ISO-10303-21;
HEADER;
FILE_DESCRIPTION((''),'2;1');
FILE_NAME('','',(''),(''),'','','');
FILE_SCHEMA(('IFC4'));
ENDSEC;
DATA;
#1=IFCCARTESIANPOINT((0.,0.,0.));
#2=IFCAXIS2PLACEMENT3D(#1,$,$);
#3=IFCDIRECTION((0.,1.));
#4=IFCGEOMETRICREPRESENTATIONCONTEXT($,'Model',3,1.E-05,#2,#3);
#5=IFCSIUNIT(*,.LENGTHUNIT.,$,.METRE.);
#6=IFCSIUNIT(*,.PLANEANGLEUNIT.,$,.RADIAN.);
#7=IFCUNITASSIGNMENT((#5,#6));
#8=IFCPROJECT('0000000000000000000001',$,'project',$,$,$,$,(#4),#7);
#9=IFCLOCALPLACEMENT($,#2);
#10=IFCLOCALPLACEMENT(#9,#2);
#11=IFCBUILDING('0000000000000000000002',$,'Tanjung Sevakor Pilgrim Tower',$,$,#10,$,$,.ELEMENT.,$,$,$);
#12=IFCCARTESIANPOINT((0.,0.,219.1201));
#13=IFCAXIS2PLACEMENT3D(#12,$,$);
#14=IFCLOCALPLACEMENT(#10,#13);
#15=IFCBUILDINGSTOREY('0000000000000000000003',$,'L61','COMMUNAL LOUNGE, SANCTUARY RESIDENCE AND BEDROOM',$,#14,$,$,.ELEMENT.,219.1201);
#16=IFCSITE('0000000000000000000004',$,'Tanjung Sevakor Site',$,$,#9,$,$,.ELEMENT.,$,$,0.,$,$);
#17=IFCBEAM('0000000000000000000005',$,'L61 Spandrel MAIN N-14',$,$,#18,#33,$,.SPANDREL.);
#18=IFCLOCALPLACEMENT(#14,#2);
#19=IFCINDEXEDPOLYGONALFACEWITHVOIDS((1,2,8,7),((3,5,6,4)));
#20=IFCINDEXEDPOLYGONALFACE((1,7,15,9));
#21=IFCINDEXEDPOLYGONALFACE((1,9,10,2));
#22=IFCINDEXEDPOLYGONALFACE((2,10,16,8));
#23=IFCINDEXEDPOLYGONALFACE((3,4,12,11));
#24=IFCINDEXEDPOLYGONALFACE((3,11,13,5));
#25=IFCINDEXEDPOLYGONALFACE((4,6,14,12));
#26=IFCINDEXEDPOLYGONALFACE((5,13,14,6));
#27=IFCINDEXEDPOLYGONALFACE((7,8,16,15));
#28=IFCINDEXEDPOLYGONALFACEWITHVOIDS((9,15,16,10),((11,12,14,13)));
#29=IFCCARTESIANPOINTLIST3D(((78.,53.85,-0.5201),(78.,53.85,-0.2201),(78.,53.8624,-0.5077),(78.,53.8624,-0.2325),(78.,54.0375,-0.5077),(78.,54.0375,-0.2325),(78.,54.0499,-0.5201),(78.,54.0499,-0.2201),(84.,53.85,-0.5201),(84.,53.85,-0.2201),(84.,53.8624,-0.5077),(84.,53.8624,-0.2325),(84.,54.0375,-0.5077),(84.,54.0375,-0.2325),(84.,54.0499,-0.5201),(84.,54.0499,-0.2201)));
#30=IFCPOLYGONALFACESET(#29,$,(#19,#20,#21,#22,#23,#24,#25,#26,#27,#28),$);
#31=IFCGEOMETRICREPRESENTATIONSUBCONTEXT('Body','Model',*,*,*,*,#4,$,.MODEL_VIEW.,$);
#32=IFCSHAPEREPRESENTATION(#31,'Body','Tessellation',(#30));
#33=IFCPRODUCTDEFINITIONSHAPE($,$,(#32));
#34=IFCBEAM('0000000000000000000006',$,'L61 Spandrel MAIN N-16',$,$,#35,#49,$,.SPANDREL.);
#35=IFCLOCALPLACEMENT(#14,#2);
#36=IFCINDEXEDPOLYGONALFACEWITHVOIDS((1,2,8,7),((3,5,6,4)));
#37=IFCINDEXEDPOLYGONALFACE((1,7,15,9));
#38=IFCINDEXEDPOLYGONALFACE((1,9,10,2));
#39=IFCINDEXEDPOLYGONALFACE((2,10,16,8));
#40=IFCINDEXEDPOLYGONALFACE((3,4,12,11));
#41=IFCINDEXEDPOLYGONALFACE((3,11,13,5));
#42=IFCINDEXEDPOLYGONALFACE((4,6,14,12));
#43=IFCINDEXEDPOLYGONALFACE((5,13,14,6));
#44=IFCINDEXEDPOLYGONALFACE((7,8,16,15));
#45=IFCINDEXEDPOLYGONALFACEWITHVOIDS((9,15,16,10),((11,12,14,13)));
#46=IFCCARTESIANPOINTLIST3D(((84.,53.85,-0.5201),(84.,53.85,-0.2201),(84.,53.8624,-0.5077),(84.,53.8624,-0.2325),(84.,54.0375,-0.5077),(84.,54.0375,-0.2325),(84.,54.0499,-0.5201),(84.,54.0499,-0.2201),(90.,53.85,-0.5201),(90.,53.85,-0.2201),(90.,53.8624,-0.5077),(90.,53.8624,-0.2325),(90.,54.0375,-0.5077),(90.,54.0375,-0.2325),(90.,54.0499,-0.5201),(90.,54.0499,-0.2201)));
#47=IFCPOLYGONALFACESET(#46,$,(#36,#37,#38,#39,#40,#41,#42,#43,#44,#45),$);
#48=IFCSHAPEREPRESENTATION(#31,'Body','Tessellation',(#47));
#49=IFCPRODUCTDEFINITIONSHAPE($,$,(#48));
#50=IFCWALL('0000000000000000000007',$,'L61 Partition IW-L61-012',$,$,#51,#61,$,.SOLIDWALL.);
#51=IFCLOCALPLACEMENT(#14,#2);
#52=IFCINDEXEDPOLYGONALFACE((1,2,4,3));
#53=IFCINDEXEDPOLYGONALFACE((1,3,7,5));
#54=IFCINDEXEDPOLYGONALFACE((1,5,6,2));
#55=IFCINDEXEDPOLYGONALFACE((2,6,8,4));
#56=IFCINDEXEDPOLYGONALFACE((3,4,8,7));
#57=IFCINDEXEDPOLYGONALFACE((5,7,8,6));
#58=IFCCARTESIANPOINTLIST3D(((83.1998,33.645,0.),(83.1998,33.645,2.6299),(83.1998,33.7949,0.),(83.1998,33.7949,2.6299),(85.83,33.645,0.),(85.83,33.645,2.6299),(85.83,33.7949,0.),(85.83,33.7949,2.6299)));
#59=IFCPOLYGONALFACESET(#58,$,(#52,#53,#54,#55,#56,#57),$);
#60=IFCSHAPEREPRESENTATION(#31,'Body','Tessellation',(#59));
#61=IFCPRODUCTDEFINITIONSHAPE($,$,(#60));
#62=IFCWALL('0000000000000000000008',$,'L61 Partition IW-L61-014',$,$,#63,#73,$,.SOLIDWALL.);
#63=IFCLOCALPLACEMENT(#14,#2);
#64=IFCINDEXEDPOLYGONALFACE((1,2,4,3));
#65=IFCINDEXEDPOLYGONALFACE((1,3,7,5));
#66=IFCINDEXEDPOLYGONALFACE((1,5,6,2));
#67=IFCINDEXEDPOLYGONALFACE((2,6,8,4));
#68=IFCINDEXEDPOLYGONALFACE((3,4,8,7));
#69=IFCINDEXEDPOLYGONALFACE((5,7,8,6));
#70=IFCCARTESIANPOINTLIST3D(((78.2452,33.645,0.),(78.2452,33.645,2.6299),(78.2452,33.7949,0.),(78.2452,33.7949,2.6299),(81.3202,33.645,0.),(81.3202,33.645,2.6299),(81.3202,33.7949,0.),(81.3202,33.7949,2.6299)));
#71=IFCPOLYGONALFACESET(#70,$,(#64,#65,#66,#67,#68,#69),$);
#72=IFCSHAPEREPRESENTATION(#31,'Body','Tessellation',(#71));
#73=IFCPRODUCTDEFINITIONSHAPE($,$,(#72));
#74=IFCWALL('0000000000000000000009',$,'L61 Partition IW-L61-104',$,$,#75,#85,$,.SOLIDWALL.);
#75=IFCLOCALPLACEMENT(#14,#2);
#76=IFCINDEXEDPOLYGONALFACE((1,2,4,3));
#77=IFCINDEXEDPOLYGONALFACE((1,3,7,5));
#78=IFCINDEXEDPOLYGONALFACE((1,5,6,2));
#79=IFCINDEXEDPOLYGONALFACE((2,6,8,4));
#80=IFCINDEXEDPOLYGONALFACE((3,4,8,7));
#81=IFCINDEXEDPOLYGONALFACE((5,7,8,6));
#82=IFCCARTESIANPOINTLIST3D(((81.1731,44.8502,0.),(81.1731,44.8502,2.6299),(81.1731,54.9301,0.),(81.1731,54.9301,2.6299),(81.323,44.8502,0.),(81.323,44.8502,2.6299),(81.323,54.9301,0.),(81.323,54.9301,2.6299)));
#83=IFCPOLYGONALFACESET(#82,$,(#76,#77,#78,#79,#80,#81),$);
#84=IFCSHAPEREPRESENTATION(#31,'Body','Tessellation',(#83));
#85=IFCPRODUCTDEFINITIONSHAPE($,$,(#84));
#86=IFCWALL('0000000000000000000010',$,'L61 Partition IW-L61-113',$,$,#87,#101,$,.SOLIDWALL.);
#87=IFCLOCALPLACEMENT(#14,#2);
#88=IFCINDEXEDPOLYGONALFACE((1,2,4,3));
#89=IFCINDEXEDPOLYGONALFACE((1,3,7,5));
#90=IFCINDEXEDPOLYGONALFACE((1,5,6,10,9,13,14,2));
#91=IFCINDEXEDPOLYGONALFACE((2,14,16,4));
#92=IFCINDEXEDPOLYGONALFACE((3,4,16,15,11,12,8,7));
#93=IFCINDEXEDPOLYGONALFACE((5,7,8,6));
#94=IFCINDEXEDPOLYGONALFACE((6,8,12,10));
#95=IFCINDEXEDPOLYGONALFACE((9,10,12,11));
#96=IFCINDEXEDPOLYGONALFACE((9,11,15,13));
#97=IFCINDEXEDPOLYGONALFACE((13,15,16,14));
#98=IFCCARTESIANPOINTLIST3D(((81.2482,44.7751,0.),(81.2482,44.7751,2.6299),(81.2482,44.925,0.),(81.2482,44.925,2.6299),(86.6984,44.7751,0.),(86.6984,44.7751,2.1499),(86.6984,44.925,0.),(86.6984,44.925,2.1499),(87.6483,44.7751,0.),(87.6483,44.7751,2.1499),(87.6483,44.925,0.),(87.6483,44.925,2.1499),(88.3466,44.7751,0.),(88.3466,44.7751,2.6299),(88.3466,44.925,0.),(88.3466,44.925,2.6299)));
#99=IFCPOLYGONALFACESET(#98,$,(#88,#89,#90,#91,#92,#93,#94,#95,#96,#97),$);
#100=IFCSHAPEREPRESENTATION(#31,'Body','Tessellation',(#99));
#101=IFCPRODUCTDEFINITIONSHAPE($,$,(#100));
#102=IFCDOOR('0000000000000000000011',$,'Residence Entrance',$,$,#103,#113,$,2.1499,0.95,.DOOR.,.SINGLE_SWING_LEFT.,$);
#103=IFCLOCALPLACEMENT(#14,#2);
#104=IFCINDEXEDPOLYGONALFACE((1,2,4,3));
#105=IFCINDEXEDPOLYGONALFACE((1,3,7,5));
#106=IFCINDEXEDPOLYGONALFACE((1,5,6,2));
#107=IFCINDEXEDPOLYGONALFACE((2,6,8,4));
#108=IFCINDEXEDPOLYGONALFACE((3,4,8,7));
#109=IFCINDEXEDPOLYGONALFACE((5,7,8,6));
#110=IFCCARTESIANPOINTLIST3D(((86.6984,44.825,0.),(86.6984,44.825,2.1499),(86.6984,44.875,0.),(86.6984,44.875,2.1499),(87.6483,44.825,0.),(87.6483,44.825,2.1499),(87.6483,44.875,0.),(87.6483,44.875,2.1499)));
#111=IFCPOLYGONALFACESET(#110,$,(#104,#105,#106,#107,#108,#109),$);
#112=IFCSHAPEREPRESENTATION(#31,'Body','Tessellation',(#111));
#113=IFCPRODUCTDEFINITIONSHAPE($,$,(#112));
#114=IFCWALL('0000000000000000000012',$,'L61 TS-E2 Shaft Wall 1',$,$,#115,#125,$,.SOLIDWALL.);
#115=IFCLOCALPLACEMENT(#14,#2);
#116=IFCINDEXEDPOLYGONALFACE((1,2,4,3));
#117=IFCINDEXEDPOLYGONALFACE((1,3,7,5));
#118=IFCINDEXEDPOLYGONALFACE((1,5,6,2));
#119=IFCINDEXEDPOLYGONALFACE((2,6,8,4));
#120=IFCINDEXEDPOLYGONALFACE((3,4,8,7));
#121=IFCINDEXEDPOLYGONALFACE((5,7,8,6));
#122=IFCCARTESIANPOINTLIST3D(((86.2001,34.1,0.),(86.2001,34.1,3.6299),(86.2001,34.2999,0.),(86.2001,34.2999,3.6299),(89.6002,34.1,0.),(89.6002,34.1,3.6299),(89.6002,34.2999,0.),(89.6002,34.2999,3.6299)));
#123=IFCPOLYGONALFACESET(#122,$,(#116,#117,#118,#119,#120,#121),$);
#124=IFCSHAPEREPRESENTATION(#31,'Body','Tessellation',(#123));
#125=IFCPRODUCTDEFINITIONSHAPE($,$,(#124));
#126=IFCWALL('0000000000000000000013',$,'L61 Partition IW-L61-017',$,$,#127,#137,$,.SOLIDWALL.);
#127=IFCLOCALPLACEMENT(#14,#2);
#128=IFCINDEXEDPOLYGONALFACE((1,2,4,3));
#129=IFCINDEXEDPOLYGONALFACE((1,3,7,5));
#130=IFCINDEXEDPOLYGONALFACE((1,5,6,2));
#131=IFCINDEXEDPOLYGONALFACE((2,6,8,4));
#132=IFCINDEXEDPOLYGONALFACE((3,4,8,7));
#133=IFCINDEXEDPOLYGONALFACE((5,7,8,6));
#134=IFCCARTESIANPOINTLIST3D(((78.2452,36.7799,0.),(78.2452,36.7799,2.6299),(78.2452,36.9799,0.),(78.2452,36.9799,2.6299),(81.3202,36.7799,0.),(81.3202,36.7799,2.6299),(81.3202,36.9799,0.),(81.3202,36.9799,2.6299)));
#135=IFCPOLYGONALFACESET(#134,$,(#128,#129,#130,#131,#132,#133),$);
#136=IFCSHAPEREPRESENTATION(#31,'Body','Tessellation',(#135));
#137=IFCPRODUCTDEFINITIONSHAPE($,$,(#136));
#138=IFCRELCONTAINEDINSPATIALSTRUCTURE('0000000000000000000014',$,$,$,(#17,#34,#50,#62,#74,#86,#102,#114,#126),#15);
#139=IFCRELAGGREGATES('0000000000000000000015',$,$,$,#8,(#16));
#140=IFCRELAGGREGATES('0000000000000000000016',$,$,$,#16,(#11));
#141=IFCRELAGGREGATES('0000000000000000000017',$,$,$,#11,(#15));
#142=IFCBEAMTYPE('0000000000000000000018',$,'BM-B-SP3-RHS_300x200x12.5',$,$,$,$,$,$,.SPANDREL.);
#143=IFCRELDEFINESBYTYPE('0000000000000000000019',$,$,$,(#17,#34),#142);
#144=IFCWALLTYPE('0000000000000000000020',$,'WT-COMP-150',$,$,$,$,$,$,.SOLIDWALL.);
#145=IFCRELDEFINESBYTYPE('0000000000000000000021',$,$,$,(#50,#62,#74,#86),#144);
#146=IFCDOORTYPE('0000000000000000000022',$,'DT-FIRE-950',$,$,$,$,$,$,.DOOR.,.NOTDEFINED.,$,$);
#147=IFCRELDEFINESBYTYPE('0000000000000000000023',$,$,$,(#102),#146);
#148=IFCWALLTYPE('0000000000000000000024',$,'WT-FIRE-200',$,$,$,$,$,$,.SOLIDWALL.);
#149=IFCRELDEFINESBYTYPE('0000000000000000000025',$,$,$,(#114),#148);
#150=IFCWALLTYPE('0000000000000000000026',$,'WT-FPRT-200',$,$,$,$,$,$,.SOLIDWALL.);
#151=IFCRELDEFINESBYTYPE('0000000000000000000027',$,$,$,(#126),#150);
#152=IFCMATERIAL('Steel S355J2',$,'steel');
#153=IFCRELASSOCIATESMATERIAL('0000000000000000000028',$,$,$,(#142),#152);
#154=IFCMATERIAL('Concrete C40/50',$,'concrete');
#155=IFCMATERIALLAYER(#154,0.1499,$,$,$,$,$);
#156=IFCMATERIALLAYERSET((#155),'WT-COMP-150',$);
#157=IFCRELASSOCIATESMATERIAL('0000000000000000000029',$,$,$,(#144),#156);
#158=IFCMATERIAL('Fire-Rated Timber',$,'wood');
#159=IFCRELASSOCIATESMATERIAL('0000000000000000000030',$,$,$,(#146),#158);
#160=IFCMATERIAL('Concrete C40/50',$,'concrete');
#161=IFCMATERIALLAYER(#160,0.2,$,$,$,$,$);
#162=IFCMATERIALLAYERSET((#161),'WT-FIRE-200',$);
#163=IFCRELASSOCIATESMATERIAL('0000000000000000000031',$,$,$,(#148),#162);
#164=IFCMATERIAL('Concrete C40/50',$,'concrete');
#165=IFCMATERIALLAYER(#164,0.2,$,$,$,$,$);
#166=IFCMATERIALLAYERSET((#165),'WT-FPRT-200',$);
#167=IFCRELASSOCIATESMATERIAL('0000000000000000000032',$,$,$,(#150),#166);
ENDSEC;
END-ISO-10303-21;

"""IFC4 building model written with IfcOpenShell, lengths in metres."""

from ifc_helpers import new_model, si_unit, direction, frame, frame_2d, origin, origin_2d, place, context, subcontext, project, spatial, rectangle, hollow_rectangle, extrude, material, layer, layer_set, material_profile, profile_set, type_object, element, fill, save


model = new_model("IFC4")

# Units and contexts
model_context = context("Model", 3, precision=1e-05, world=origin(), true_north=direction((0.0, 1.0)))
body_context = subcontext(model_context, "Body", "Model", "MODEL_VIEW")
ifc_project = project(units=[si_unit("LENGTHUNIT", "METRE"), si_unit("PLANEANGLEUNIT", "RADIAN")], contexts=[model_context])

# Site, building, storey
site_placement = place(None, origin())
site = spatial("IfcSite", under=ifc_project, at=site_placement, Name="Tanjung Sevakor Site", CompositionType="ELEMENT", RefElevation=0.0)
building_placement = place(site_placement, origin())
building = spatial("IfcBuilding", under=site, at=building_placement, Name="Tanjung Sevakor Pilgrim Tower", CompositionType="ELEMENT")
storey_placement = place(building_placement, frame((0.0, 0.0, 219.1201)))
storey = spatial("IfcBuildingStorey", under=building, at=storey_placement, Name="L61", Description="COMMUNAL LOUNGE, SANCTUARY RESIDENCE AND BEDROOM", CompositionType="ELEMENT", Elevation=219.1201)

# Beams
ifc_material_1 = material(Name="Steel S355J2", Category="steel")
ifc_material_profile_1 = material_profile(ifc_material_1, hollow_rectangle(XDim=0.2, YDim=0.3, WallThickness=0.0125, at=origin_2d()))
ifc_profile_set_1 = profile_set([ifc_material_profile_1], Name="Steel S355J2")
beam_type_1 = type_object("IfcBeamType", Name="BM-B-SP3-RHS_300x200x12.5", PredefinedType="SPANDREL", material=ifc_profile_set_1)
for number, where, z_axis, x_axis, name in (
    (1, (78.0, 53.95, -0.3701), (1.0, 0.0, 0.0), (0.0, 1.0, 0.0), "L61 Spandrel MAIN N-14"),
    (2, (84.0, 53.95, -0.3701), (1.0, 0.0, 0.0), (0.0, 1.0, 0.0), "L61 Spandrel MAIN N-16"),
):
    element("IfcBeam", number, at=place(storey_placement, frame(where, z_axis=z_axis, x_axis=x_axis)), inside=storey, type_object=beam_type_1, Name=name, PredefinedType="SPANDREL", context=body_context, shape_type="SweptSolid", body=[
        extrude(hollow_rectangle(XDim=0.2, YDim=0.3, WallThickness=0.0125, at=origin_2d()), origin(), (0.0, 0.0, 1.0), 6.0),
    ])

# Walls
ifc_material_2 = material(Name="Concrete C40/50", Category="concrete")
ifc_layer_1 = layer(ifc_material_2, 0.1499)
ifc_layer_set_1 = layer_set([ifc_layer_1], Name="WT-COMP-150")
wall_type_1 = type_object("IfcWallType", Name="WT-COMP-150", PredefinedType="SOLIDWALL", material=ifc_layer_set_1)
wall_1_placement = place(storey_placement, frame((83.2, 33.72, 0.0), z_axis=(0.0, 0.0, 1.0), x_axis=(1.0, 0.0, 0.0)))
element("IfcWall", 3, at=wall_1_placement, inside=storey, type_object=wall_type_1, Name="L61 Partition IW-L61-012", PredefinedType="SOLIDWALL", context=body_context, shape_type="SweptSolid", body=[
    extrude(rectangle(XDim=2.6301, YDim=0.1499, at=frame_2d((1.3149, 0.0))), origin(), (0.0, 0.0, 1.0), 2.6299),
])
wall_2_placement = place(storey_placement, frame((78.2451, 33.72, 0.0), z_axis=(0.0, 0.0, 1.0), x_axis=(1.0, 0.0, 0.0)))
element("IfcWall", 4, at=wall_2_placement, inside=storey, type_object=wall_type_1, Name="L61 Partition IW-L61-014", PredefinedType="SOLIDWALL", context=body_context, shape_type="SweptSolid", body=[
    extrude(rectangle(XDim=3.075, YDim=0.1499, at=frame_2d((1.5376, 0.0))), origin(), (0.0, 0.0, 1.0), 2.6299),
])

# Shared definitions
ifc_material_3 = material(Name="Fire-Rated Timber", Category="wood")
door_type_1 = type_object("IfcDoorType", Name="DT-FIRE-950", OperationType="NOTDEFINED", PredefinedType="DOOR", material=ifc_material_3)

# Wall
wall_3_placement = place(storey_placement, frame((81.248, 44.8501, 0.0), z_axis=(0.0, 0.0, 1.0), x_axis=(0.0, 1.0, 0.0)))
element("IfcWall", 5, at=wall_3_placement, inside=storey, type_object=wall_type_1, Name="L61 Partition IW-L61-104", PredefinedType="SOLIDWALL", context=body_context, shape_type="SweptSolid", body=[
    extrude(rectangle(XDim=10.0798, YDim=0.1499, at=frame_2d((5.04, 0.0))), origin(), (0.0, 0.0, 1.0), 2.6299),
])

# Wall, opening, door
wall_4_placement = place(storey_placement, frame((81.248, 44.8501, 0.0), z_axis=(0.0, 0.0, 1.0), x_axis=(1.0, 0.0, 0.0)))
wall_4 = element("IfcWall", 6, at=wall_4_placement, inside=storey, type_object=wall_type_1, Name="L61 Partition IW-L61-113", PredefinedType="SOLIDWALL", context=body_context, shape_type="SweptSolid", body=[
    extrude(rectangle(XDim=7.0984, YDim=0.1499, at=frame_2d((3.5493, 0.0))), origin(), (0.0, 0.0, 1.0), 2.6299),
])
opening_1_placement = place(wall_4_placement, frame((5.4502, 0.0, 0.0)))
opening_1 = element("IfcOpeningElement", 7, at=opening_1_placement, cuts=wall_4, PredefinedType="OPENING", context=body_context, shape_type="SweptSolid", body=[
    extrude(rectangle(XDim=0.95, YDim=2.1499, at=frame_2d((0.4751, 1.075))), frame((0.0, 0.085, 0.0), z_axis=(0.0, -1.0, 0.0), x_axis=(1.0, 0.0, 0.0)), (0.0, 0.0, 1.0), 0.1699),
])
door_1_placement = place(opening_1_placement, origin())
door_1 = element("IfcDoor", 8, at=door_1_placement, inside=storey, type_object=door_type_1, Name="Residence Entrance", OperationType="SINGLE_SWING_LEFT", OverallHeight=2.1499, OverallWidth=0.95, PredefinedType="DOOR", context=body_context, shape_type="SweptSolid", body=[
    extrude(rectangle(XDim=0.95, YDim=2.1499, at=frame_2d((0.4751, 1.075))), frame((0.0, 0.0249, 0.0), z_axis=(0.0, -1.0, 0.0), x_axis=(1.0, 0.0, 0.0)), (0.0, 0.0, 1.0), 0.05),
])
fill(opening_1, door_1)

# Walls
ifc_material_4 = material(Name="Concrete C40/50", Category="concrete")
ifc_layer_2 = layer(ifc_material_4, 0.2)
ifc_layer_set_2 = layer_set([ifc_layer_2], Name="WT-FIRE-200")
wall_type_2 = type_object("IfcWallType", Name="WT-FIRE-200", PredefinedType="SOLIDWALL", material=ifc_layer_set_2)
wall_5_placement = place(storey_placement, frame((86.2, 34.2, 0.0), z_axis=(0.0, 0.0, 1.0), x_axis=(1.0, 0.0, 0.0)))
element("IfcWall", 9, at=wall_5_placement, inside=storey, type_object=wall_type_2, Name="L61 TS-E2 Shaft Wall 1", PredefinedType="SOLIDWALL", context=body_context, shape_type="SweptSolid", body=[
    extrude(rectangle(XDim=3.4001, YDim=0.2, at=frame_2d((1.7002, 0.0))), origin(), (0.0, 0.0, 1.0), 3.6299),
])
ifc_material_5 = material(Name="Concrete C40/50", Category="concrete")
ifc_layer_3 = layer(ifc_material_5, 0.2)
ifc_layer_set_3 = layer_set([ifc_layer_3], Name="WT-FPRT-200")
wall_type_3 = type_object("IfcWallType", Name="WT-FPRT-200", PredefinedType="SOLIDWALL", material=ifc_layer_set_3)
wall_6_placement = place(storey_placement, frame((78.2451, 36.8799, 0.0), z_axis=(0.0, 0.0, 1.0), x_axis=(1.0, 0.0, 0.0)))
element("IfcWall", 10, at=wall_6_placement, inside=storey, type_object=wall_type_3, Name="L61 Partition IW-L61-017", PredefinedType="SOLIDWALL", context=body_context, shape_type="SweptSolid", body=[
    extrude(rectangle(XDim=3.075, YDim=0.2, at=frame_2d((1.5376, 0.0))), origin(), (0.0, 0.0, 1.0), 2.6299),
])

save(model, "model.ifc")
